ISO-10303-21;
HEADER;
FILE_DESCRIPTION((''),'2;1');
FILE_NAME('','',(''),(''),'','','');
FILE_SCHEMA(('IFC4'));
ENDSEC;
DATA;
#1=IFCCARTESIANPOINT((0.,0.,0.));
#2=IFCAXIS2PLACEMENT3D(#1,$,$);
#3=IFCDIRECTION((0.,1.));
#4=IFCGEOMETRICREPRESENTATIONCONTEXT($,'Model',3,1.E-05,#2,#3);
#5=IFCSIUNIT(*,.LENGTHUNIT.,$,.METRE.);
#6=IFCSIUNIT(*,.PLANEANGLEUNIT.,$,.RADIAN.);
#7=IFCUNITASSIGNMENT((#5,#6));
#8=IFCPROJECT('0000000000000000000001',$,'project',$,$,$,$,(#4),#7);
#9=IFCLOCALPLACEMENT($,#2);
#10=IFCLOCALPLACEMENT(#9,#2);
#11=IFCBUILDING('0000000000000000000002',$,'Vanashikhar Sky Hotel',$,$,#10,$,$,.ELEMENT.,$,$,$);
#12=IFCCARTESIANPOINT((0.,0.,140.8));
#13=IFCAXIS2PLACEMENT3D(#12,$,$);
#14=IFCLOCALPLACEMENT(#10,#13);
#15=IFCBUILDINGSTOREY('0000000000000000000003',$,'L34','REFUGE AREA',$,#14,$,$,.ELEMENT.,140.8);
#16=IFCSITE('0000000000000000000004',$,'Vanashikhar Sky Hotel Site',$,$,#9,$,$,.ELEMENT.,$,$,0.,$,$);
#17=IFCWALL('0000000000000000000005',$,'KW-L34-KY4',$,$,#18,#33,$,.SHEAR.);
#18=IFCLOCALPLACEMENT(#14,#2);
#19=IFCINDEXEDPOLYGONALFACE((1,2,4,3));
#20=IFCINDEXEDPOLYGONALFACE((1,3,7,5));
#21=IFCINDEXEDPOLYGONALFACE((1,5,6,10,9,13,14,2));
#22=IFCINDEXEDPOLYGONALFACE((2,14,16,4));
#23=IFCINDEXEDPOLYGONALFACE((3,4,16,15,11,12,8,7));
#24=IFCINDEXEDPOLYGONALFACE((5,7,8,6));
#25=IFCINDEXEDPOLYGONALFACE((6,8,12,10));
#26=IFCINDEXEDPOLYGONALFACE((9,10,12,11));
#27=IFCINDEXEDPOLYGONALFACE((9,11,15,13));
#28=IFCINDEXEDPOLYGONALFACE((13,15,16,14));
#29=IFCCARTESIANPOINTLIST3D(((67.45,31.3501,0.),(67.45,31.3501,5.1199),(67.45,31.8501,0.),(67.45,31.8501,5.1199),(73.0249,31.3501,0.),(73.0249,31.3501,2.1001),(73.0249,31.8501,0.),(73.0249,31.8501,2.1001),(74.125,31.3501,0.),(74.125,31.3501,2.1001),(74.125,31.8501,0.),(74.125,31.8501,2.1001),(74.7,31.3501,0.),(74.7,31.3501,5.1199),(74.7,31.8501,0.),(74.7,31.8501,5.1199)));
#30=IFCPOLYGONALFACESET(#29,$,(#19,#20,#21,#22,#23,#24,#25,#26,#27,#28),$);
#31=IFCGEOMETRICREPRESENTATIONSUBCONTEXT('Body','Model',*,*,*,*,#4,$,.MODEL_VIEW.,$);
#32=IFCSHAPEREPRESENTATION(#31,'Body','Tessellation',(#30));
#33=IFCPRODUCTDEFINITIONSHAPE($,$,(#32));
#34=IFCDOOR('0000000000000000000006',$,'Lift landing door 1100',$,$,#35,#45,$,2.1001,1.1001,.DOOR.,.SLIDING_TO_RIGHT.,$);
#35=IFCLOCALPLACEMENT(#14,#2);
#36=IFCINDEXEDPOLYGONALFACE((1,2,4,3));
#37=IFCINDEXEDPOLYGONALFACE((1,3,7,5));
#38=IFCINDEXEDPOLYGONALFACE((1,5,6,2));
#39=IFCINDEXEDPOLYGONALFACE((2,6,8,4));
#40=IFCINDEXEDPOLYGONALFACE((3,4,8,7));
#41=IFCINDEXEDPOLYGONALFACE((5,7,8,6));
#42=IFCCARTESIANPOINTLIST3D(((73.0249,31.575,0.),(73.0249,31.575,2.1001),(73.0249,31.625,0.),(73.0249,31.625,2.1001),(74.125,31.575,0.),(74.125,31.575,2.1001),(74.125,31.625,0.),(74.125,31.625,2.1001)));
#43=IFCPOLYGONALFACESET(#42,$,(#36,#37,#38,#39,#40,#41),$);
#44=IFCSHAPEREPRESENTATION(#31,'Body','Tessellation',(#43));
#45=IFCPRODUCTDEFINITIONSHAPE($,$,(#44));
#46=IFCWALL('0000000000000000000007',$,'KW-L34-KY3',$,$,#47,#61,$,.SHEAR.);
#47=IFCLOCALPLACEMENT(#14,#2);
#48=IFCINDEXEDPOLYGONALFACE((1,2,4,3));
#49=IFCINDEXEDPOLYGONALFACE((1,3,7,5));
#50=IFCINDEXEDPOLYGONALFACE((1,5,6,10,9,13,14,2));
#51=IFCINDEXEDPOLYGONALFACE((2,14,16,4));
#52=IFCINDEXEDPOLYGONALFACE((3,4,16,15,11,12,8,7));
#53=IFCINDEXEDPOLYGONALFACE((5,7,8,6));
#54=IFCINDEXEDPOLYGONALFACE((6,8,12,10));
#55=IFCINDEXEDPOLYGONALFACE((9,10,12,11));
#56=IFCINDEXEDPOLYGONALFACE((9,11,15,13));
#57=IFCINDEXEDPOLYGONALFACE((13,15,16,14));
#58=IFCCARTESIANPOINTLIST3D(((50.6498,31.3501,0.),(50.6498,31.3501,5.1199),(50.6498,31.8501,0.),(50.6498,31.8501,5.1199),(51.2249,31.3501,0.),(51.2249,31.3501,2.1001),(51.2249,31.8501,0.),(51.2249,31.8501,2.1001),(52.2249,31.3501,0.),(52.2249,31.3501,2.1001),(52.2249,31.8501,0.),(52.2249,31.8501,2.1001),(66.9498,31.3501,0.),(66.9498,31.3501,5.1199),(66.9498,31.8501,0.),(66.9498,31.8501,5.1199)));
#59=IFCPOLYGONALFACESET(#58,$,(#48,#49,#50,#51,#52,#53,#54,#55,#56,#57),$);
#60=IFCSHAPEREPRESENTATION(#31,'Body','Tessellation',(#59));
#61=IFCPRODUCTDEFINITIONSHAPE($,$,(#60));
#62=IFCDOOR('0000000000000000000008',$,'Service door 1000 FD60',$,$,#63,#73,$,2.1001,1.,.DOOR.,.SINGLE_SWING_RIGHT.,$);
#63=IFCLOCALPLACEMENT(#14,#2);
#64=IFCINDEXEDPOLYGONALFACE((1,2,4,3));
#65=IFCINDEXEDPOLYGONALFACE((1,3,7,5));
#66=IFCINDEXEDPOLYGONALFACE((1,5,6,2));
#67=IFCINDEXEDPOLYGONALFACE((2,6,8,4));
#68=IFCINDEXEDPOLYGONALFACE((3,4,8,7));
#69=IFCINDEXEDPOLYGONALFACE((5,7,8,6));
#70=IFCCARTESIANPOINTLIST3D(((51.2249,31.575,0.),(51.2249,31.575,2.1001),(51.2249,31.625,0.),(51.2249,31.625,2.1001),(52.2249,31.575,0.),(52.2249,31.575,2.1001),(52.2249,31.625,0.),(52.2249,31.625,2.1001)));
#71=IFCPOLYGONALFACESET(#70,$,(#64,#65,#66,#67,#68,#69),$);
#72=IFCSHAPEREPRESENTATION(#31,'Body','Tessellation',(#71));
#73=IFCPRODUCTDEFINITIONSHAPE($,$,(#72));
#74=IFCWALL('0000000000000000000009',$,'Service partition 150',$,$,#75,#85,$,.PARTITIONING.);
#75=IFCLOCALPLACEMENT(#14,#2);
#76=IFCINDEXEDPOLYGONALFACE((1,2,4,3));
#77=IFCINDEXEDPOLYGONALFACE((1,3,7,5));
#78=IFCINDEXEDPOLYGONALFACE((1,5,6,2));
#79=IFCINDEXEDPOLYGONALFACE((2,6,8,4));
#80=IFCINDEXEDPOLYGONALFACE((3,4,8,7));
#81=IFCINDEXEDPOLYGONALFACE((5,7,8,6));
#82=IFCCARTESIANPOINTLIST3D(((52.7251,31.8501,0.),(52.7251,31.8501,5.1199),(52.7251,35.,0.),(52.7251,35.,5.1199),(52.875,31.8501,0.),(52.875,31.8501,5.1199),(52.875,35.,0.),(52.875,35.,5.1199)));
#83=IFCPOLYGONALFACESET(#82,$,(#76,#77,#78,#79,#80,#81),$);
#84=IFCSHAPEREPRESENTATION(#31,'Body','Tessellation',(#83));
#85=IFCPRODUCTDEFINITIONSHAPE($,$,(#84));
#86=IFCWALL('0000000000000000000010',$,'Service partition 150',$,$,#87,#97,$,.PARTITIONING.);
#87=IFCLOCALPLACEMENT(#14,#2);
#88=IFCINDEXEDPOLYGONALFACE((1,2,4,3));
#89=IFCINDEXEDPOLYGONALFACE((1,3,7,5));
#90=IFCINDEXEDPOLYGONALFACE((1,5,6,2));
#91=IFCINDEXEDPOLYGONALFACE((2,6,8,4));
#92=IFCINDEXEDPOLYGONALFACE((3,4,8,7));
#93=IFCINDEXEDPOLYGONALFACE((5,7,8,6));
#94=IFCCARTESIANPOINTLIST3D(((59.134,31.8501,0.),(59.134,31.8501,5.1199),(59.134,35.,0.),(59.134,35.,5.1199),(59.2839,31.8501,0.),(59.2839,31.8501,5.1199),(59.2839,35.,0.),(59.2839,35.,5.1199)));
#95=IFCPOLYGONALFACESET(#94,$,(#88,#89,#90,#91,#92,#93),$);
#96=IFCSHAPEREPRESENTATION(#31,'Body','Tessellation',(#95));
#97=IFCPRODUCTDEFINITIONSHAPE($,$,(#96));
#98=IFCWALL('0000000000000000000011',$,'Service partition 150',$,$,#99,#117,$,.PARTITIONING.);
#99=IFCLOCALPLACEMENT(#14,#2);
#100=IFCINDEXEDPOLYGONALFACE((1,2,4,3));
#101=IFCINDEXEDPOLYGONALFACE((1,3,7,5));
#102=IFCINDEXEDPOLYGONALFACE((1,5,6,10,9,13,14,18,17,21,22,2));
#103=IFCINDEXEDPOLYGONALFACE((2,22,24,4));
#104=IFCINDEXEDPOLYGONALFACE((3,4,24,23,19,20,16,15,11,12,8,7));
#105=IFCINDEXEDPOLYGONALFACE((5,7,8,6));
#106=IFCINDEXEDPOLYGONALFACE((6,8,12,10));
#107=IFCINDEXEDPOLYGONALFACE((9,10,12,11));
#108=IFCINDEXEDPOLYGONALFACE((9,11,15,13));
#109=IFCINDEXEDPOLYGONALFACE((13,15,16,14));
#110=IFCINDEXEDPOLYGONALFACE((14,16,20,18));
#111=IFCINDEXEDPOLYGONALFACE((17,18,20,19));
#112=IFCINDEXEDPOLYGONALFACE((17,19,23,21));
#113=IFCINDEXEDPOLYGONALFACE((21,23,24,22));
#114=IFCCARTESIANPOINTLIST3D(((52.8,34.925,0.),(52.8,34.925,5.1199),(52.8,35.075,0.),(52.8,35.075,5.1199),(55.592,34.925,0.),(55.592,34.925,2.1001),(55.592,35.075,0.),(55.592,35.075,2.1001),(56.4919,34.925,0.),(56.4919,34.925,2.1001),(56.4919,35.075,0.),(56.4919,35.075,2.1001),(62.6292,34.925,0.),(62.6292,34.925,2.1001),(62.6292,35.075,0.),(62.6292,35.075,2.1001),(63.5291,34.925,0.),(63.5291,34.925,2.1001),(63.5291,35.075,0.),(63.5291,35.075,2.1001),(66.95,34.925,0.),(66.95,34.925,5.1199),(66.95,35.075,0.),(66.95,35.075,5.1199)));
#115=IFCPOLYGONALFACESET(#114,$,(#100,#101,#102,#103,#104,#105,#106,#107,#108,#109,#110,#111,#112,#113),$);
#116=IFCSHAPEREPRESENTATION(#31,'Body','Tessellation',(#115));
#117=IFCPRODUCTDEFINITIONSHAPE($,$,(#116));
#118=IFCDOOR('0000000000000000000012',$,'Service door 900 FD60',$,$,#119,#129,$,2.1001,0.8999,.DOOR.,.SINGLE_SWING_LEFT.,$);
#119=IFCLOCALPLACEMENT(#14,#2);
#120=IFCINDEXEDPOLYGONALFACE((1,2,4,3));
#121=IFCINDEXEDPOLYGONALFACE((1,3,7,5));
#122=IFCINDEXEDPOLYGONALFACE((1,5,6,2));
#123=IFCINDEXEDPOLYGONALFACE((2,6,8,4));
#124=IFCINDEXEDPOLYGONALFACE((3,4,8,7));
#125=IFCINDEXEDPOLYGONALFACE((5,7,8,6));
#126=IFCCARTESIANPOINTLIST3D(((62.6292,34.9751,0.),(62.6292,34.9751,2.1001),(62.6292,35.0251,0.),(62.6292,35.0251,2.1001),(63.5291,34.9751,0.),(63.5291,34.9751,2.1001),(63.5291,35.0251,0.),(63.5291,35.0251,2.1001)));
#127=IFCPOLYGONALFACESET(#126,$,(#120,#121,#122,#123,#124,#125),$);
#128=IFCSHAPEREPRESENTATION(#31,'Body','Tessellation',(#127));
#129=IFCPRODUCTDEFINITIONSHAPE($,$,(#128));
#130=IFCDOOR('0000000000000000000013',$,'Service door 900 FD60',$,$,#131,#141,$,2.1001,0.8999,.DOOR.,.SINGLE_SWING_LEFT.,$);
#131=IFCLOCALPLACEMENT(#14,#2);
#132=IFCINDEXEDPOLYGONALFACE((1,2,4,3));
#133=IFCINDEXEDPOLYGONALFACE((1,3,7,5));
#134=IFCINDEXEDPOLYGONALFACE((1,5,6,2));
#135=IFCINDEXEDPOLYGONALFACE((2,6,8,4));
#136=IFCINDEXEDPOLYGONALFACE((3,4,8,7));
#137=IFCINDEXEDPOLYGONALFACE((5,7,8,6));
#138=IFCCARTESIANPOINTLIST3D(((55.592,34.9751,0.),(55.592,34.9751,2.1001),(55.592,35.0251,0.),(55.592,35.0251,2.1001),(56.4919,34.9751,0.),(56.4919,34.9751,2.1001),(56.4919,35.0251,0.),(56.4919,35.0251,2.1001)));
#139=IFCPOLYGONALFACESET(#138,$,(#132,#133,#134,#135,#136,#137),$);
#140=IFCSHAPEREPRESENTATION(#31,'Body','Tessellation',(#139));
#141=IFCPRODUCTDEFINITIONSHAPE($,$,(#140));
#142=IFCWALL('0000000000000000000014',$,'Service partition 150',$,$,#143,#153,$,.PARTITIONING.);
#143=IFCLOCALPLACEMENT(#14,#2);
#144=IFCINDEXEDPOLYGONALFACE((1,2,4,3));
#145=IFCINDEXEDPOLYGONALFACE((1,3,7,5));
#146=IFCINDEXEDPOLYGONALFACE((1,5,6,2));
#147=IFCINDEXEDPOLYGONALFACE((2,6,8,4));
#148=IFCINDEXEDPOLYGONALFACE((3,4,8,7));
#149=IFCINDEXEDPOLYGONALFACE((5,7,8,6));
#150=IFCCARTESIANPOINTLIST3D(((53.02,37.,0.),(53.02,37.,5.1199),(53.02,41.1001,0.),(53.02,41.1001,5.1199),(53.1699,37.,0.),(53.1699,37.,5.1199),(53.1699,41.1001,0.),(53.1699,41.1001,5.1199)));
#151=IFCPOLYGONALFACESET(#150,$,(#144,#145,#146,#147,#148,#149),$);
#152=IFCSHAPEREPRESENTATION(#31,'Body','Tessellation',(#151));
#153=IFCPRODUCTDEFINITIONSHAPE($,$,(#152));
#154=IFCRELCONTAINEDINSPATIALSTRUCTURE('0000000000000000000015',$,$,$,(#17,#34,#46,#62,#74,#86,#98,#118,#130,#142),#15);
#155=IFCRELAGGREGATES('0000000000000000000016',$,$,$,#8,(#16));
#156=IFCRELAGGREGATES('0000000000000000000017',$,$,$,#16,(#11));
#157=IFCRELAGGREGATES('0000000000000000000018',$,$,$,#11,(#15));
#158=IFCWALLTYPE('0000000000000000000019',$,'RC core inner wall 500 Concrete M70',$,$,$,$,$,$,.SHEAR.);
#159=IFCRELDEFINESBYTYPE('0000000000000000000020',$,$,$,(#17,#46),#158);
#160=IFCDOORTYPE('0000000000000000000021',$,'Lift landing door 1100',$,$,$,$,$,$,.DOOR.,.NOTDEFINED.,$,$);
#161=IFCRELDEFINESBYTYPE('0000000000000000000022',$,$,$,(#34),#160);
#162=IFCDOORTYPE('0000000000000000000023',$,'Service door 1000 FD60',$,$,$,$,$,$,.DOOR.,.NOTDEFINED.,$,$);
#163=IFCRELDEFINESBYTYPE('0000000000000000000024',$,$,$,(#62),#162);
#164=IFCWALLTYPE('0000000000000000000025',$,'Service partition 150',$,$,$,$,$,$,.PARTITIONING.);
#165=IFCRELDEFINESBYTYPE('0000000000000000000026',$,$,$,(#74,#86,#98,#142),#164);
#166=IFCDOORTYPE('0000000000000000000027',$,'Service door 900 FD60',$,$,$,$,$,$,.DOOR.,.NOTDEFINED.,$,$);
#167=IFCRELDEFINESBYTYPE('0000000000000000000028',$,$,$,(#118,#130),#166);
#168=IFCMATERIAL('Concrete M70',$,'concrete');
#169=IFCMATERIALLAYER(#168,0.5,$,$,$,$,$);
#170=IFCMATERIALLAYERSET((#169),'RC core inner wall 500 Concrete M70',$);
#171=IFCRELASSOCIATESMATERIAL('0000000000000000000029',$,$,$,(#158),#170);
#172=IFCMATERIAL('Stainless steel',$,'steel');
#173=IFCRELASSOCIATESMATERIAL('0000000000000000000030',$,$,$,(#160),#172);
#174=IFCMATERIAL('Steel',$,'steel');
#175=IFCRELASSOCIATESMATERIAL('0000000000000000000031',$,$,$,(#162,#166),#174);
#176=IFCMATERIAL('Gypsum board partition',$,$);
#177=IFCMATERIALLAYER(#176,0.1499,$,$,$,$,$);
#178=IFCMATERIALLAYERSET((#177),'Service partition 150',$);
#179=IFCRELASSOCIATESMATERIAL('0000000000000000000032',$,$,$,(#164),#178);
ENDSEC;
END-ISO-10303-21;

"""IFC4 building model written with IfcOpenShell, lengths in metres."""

from ifc_helpers import new_model, si_unit, direction, frame, frame_2d, origin, place, context, subcontext, project, spatial, rectangle, extrude, source, transform, mapped, material, layer, layer_set, type_object, element, fill, save


model = new_model("IFC4")

# Units and contexts
model_context = context("Model", 3, precision=1e-05, world=origin(), true_north=direction((0.0, 1.0)))
body_context = subcontext(model_context, "Body", "Model", "MODEL_VIEW")
ifc_project = project(units=[si_unit("LENGTHUNIT", "METRE"), si_unit("PLANEANGLEUNIT", "RADIAN")], contexts=[model_context])

# Site, building, storey
site_placement = place(None, origin())
site = spatial("IfcSite", under=ifc_project, at=site_placement, Name="Vanashikhar Sky Hotel Site", CompositionType="ELEMENT", RefElevation=0.0)
building_placement = place(site_placement, origin())
building = spatial("IfcBuilding", under=site, at=building_placement, Name="Vanashikhar Sky Hotel", CompositionType="ELEMENT")
storey_placement = place(building_placement, frame((0.0, 0.0, 140.8)))
storey = spatial("IfcBuildingStorey", under=building, at=storey_placement, Name="L34", Description="REFUGE AREA", CompositionType="ELEMENT", Elevation=140.8)

# Walls, openings, doors
ifc_material_1 = material(Name="Concrete M70", Category="concrete")
ifc_layer_1 = layer(ifc_material_1, 0.5)
ifc_layer_set_1 = layer_set([ifc_layer_1], Name="RC core inner wall 500 Concrete M70")
wall_type_1 = type_object("IfcWallType", Name="RC core inner wall 500 Concrete M70", PredefinedType="SHEAR", material=ifc_layer_set_1)
shared_shape_1 = source(origin(), body_context, "Body", "SweptSolid", [
    extrude(rectangle(XDim=7.25, YDim=0.5, at=frame_2d((3.625, 0.0))), origin(), (0.0, 0.0, 1.0), 5.1199),
])
wall_1_placement = place(storey_placement, frame((67.45, 31.6001, 0.0), z_axis=(0.0, 0.0, 1.0), x_axis=(1.0, 0.0, 0.0)))
wall_1 = element("IfcWall", 1, at=wall_1_placement, inside=storey, type_object=wall_type_1, Name="KW-L34-KY4", PredefinedType="SHEAR", context=body_context, shape_type="MappedRepresentation", body=[
    mapped(shared_shape_1, transform((0.0, 0.0, 0.0), scale=1.0)),
])
shared_shape_2 = source(origin(), body_context, "Body", "SweptSolid", [
    extrude(rectangle(XDim=1.1001, YDim=2.1001, at=frame_2d((0.55, 1.05))), frame((0.0, 0.26, 0.0), z_axis=(0.0, -1.0, 0.0), x_axis=(1.0, 0.0, 0.0)), (0.0, 0.0, 1.0), 0.52),
])
opening_1_placement = place(wall_1_placement, frame((5.575, 0.0, 0.0)))
opening_1 = element("IfcOpeningElement", 2, at=opening_1_placement, cuts=wall_1, PredefinedType="OPENING", context=body_context, shape_type="MappedRepresentation", body=[
    mapped(shared_shape_2, transform((0.0, 0.0, 0.0), scale=1.0)),
])
ifc_material_2 = material(Name="Stainless steel", Category="steel")
door_type_1 = type_object("IfcDoorType", Name="Lift landing door 1100", OperationType="NOTDEFINED", PredefinedType="DOOR", material=ifc_material_2)
shared_shape_3 = source(origin(), body_context, "Body", "SweptSolid", [
    extrude(rectangle(XDim=1.1001, YDim=2.1001, at=frame_2d((0.55, 1.05))), frame((0.0, 0.0249, 0.0), z_axis=(0.0, -1.0, 0.0), x_axis=(1.0, 0.0, 0.0)), (0.0, 0.0, 1.0), 0.05),
])
door_1_placement = place(opening_1_placement, origin())
door_1 = element("IfcDoor", 3, at=door_1_placement, inside=storey, type_object=door_type_1, Name="Lift landing door 1100", OperationType="SLIDING_TO_RIGHT", OverallHeight=2.1001, OverallWidth=1.1001, PredefinedType="DOOR", context=body_context, shape_type="MappedRepresentation", body=[
    mapped(shared_shape_3, transform((0.0, 0.0, 0.0), scale=1.0)),
])
fill(opening_1, door_1)
shared_shape_4 = source(origin(), body_context, "Body", "SweptSolid", [
    extrude(rectangle(XDim=16.3, YDim=0.5, at=frame_2d((8.1499, 0.0))), origin(), (0.0, 0.0, 1.0), 5.1199),
])
wall_2_placement = place(storey_placement, frame((50.6499, 31.6001, 0.0), z_axis=(0.0, 0.0, 1.0), x_axis=(1.0, 0.0, 0.0)))
wall_2 = element("IfcWall", 4, at=wall_2_placement, inside=storey, type_object=wall_type_1, Name="KW-L34-KY3", PredefinedType="SHEAR", context=body_context, shape_type="MappedRepresentation", body=[
    mapped(shared_shape_4, transform((0.0, 0.0, 0.0), scale=1.0)),
])
shared_shape_5 = source(origin(), body_context, "Body", "SweptSolid", [
    extrude(rectangle(XDim=1.0, YDim=2.1001, at=frame_2d((0.5, 1.05))), frame((0.0, 0.26, 0.0), z_axis=(0.0, -1.0, 0.0), x_axis=(1.0, 0.0, 0.0)), (0.0, 0.0, 1.0), 0.52),
])
opening_2_placement = place(wall_2_placement, frame((0.575, 0.0, 0.0)))
opening_2 = element("IfcOpeningElement", 5, at=opening_2_placement, cuts=wall_2, PredefinedType="OPENING", context=body_context, shape_type="MappedRepresentation", body=[
    mapped(shared_shape_5, transform((0.0, 0.0, 0.0), scale=1.0)),
])
ifc_material_3 = material(Name="Steel", Category="steel")
door_type_2 = type_object("IfcDoorType", Name="Service door 1000 FD60", OperationType="NOTDEFINED", PredefinedType="DOOR", material=ifc_material_3)
shared_shape_6 = source(origin(), body_context, "Body", "SweptSolid", [
    extrude(rectangle(XDim=1.0, YDim=2.1001, at=frame_2d((0.5, 1.05))), frame((0.0, 0.0249, 0.0), z_axis=(0.0, -1.0, 0.0), x_axis=(1.0, 0.0, 0.0)), (0.0, 0.0, 1.0), 0.05),
])
door_2_placement = place(opening_2_placement, origin())
door_2 = element("IfcDoor", 6, at=door_2_placement, inside=storey, type_object=door_type_2, Name="Service door 1000 FD60", OperationType="SINGLE_SWING_RIGHT", OverallHeight=2.1001, OverallWidth=1.0, PredefinedType="DOOR", context=body_context, shape_type="MappedRepresentation", body=[
    mapped(shared_shape_6, transform((0.0, 0.0, 0.0), scale=1.0)),
])
fill(opening_2, door_2)

# Walls
ifc_material_4 = material(Name="Gypsum board partition")
ifc_layer_2 = layer(ifc_material_4, 0.1499)
ifc_layer_set_2 = layer_set([ifc_layer_2], Name="Service partition 150")
wall_type_2 = type_object("IfcWallType", Name="Service partition 150", PredefinedType="PARTITIONING", material=ifc_layer_set_2)
shared_shape_7 = source(origin(), body_context, "Body", "SweptSolid", [
    extrude(rectangle(XDim=3.1499, YDim=0.1499, at=frame_2d((1.575, 0.0))), origin(), (0.0, 0.0, 1.0), 5.1199),
])
for number, where, z_axis, x_axis, name in (
    (7, (52.8, 31.8501, 0.0), (0.0, 0.0, 1.0), (0.0, 1.0, 0.0), "Service partition 150"),
    (8, (59.209, 31.8501, 0.0), (0.0, 0.0, 1.0), (0.0, 1.0, 0.0), "Service partition 150"),
):
    element("IfcWall", number, at=place(storey_placement, frame(where, z_axis=z_axis, x_axis=x_axis)), inside=storey, type_object=wall_type_2, Name=name, PredefinedType="PARTITIONING", context=body_context, shape_type="MappedRepresentation", body=[
        mapped(shared_shape_7, transform((0.0, 0.0, 0.0), scale=1.0)),
    ])

# Wall, openings, doors
shared_shape_8 = source(origin(), body_context, "Body", "SweptSolid", [
    extrude(rectangle(XDim=14.1499, YDim=0.1499, at=frame_2d((7.075, 0.0))), origin(), (0.0, 0.0, 1.0), 5.1199),
])
wall_3_placement = place(storey_placement, frame((66.95, 35.0, 0.0), z_axis=(0.0, 0.0, 1.0), x_axis=(-1.0, 0.0, 0.0)))
wall_3 = element("IfcWall", 9, at=wall_3_placement, inside=storey, type_object=wall_type_2, Name="Service partition 150", PredefinedType="PARTITIONING", context=body_context, shape_type="MappedRepresentation", body=[
    mapped(shared_shape_8, transform((0.0, 0.0, 0.0), scale=1.0)),
])
shared_shape_9 = source(origin(), body_context, "Body", "SweptSolid", [
    extrude(rectangle(XDim=0.8999, YDim=2.1001, at=frame_2d((0.45, 1.05))), frame((0.0, 0.085, 0.0), z_axis=(0.0, -1.0, 0.0), x_axis=(1.0, 0.0, 0.0)), (0.0, 0.0, 1.0), 0.1699),
])
opening_3_placement = place(wall_3_placement, frame((3.4209, 0.0, 0.0)))
opening_3 = element("IfcOpeningElement", 10, at=opening_3_placement, cuts=wall_3, PredefinedType="OPENING", context=body_context, shape_type="MappedRepresentation", body=[
    mapped(shared_shape_9, transform((0.0, 0.0, 0.0), scale=1.0)),
])
opening_4_placement = place(wall_3_placement, frame((10.458, 0.0, 0.0)))
opening_4 = element("IfcOpeningElement", 11, at=opening_4_placement, cuts=wall_3, PredefinedType="OPENING", context=body_context, shape_type="MappedRepresentation", body=[
    mapped(shared_shape_9, transform((0.0, 0.0, 0.0), scale=1.0)),
])
door_type_3 = type_object("IfcDoorType", Name="Service door 900 FD60", OperationType="NOTDEFINED", PredefinedType="DOOR", material=ifc_material_3)
shared_shape_10 = source(origin(), body_context, "Body", "SweptSolid", [
    extrude(rectangle(XDim=0.8999, YDim=2.1001, at=frame_2d((0.45, 1.05))), frame((0.0, 0.0249, 0.0), z_axis=(0.0, -1.0, 0.0), x_axis=(1.0, 0.0, 0.0)), (0.0, 0.0, 1.0), 0.05),
])
door_3_placement = place(opening_3_placement, origin())
door_3 = element("IfcDoor", 12, at=door_3_placement, inside=storey, type_object=door_type_3, Name="Service door 900 FD60", OperationType="SINGLE_SWING_LEFT", OverallHeight=2.1001, OverallWidth=0.8999, PredefinedType="DOOR", context=body_context, shape_type="MappedRepresentation", body=[
    mapped(shared_shape_10, transform((0.0, 0.0, 0.0), scale=1.0)),
])
fill(opening_3, door_3)
door_4_placement = place(opening_4_placement, origin())
door_4 = element("IfcDoor", 13, at=door_4_placement, inside=storey, type_object=door_type_3, Name="Service door 900 FD60", OperationType="SINGLE_SWING_LEFT", OverallHeight=2.1001, OverallWidth=0.8999, PredefinedType="DOOR", context=body_context, shape_type="MappedRepresentation", body=[
    mapped(shared_shape_10, transform((0.0, 0.0, 0.0), scale=1.0)),
])
fill(opening_4, door_4)

# Wall
shared_shape_11 = source(origin(), body_context, "Body", "SweptSolid", [
    extrude(rectangle(XDim=4.1001, YDim=0.1499, at=frame_2d((2.05, 0.0))), origin(), (0.0, 0.0, 1.0), 5.1199),
])
wall_4_placement = place(storey_placement, frame((53.095, 37.0, 0.0), z_axis=(0.0, 0.0, 1.0), x_axis=(0.0, 1.0, 0.0)))
element("IfcWall", 14, at=wall_4_placement, inside=storey, type_object=wall_type_2, Name="Service partition 150", PredefinedType="PARTITIONING", context=body_context, shape_type="MappedRepresentation", body=[
    mapped(shared_shape_11, transform((0.0, 0.0, 0.0), scale=1.0)),
])

save(model, "model.ifc")
